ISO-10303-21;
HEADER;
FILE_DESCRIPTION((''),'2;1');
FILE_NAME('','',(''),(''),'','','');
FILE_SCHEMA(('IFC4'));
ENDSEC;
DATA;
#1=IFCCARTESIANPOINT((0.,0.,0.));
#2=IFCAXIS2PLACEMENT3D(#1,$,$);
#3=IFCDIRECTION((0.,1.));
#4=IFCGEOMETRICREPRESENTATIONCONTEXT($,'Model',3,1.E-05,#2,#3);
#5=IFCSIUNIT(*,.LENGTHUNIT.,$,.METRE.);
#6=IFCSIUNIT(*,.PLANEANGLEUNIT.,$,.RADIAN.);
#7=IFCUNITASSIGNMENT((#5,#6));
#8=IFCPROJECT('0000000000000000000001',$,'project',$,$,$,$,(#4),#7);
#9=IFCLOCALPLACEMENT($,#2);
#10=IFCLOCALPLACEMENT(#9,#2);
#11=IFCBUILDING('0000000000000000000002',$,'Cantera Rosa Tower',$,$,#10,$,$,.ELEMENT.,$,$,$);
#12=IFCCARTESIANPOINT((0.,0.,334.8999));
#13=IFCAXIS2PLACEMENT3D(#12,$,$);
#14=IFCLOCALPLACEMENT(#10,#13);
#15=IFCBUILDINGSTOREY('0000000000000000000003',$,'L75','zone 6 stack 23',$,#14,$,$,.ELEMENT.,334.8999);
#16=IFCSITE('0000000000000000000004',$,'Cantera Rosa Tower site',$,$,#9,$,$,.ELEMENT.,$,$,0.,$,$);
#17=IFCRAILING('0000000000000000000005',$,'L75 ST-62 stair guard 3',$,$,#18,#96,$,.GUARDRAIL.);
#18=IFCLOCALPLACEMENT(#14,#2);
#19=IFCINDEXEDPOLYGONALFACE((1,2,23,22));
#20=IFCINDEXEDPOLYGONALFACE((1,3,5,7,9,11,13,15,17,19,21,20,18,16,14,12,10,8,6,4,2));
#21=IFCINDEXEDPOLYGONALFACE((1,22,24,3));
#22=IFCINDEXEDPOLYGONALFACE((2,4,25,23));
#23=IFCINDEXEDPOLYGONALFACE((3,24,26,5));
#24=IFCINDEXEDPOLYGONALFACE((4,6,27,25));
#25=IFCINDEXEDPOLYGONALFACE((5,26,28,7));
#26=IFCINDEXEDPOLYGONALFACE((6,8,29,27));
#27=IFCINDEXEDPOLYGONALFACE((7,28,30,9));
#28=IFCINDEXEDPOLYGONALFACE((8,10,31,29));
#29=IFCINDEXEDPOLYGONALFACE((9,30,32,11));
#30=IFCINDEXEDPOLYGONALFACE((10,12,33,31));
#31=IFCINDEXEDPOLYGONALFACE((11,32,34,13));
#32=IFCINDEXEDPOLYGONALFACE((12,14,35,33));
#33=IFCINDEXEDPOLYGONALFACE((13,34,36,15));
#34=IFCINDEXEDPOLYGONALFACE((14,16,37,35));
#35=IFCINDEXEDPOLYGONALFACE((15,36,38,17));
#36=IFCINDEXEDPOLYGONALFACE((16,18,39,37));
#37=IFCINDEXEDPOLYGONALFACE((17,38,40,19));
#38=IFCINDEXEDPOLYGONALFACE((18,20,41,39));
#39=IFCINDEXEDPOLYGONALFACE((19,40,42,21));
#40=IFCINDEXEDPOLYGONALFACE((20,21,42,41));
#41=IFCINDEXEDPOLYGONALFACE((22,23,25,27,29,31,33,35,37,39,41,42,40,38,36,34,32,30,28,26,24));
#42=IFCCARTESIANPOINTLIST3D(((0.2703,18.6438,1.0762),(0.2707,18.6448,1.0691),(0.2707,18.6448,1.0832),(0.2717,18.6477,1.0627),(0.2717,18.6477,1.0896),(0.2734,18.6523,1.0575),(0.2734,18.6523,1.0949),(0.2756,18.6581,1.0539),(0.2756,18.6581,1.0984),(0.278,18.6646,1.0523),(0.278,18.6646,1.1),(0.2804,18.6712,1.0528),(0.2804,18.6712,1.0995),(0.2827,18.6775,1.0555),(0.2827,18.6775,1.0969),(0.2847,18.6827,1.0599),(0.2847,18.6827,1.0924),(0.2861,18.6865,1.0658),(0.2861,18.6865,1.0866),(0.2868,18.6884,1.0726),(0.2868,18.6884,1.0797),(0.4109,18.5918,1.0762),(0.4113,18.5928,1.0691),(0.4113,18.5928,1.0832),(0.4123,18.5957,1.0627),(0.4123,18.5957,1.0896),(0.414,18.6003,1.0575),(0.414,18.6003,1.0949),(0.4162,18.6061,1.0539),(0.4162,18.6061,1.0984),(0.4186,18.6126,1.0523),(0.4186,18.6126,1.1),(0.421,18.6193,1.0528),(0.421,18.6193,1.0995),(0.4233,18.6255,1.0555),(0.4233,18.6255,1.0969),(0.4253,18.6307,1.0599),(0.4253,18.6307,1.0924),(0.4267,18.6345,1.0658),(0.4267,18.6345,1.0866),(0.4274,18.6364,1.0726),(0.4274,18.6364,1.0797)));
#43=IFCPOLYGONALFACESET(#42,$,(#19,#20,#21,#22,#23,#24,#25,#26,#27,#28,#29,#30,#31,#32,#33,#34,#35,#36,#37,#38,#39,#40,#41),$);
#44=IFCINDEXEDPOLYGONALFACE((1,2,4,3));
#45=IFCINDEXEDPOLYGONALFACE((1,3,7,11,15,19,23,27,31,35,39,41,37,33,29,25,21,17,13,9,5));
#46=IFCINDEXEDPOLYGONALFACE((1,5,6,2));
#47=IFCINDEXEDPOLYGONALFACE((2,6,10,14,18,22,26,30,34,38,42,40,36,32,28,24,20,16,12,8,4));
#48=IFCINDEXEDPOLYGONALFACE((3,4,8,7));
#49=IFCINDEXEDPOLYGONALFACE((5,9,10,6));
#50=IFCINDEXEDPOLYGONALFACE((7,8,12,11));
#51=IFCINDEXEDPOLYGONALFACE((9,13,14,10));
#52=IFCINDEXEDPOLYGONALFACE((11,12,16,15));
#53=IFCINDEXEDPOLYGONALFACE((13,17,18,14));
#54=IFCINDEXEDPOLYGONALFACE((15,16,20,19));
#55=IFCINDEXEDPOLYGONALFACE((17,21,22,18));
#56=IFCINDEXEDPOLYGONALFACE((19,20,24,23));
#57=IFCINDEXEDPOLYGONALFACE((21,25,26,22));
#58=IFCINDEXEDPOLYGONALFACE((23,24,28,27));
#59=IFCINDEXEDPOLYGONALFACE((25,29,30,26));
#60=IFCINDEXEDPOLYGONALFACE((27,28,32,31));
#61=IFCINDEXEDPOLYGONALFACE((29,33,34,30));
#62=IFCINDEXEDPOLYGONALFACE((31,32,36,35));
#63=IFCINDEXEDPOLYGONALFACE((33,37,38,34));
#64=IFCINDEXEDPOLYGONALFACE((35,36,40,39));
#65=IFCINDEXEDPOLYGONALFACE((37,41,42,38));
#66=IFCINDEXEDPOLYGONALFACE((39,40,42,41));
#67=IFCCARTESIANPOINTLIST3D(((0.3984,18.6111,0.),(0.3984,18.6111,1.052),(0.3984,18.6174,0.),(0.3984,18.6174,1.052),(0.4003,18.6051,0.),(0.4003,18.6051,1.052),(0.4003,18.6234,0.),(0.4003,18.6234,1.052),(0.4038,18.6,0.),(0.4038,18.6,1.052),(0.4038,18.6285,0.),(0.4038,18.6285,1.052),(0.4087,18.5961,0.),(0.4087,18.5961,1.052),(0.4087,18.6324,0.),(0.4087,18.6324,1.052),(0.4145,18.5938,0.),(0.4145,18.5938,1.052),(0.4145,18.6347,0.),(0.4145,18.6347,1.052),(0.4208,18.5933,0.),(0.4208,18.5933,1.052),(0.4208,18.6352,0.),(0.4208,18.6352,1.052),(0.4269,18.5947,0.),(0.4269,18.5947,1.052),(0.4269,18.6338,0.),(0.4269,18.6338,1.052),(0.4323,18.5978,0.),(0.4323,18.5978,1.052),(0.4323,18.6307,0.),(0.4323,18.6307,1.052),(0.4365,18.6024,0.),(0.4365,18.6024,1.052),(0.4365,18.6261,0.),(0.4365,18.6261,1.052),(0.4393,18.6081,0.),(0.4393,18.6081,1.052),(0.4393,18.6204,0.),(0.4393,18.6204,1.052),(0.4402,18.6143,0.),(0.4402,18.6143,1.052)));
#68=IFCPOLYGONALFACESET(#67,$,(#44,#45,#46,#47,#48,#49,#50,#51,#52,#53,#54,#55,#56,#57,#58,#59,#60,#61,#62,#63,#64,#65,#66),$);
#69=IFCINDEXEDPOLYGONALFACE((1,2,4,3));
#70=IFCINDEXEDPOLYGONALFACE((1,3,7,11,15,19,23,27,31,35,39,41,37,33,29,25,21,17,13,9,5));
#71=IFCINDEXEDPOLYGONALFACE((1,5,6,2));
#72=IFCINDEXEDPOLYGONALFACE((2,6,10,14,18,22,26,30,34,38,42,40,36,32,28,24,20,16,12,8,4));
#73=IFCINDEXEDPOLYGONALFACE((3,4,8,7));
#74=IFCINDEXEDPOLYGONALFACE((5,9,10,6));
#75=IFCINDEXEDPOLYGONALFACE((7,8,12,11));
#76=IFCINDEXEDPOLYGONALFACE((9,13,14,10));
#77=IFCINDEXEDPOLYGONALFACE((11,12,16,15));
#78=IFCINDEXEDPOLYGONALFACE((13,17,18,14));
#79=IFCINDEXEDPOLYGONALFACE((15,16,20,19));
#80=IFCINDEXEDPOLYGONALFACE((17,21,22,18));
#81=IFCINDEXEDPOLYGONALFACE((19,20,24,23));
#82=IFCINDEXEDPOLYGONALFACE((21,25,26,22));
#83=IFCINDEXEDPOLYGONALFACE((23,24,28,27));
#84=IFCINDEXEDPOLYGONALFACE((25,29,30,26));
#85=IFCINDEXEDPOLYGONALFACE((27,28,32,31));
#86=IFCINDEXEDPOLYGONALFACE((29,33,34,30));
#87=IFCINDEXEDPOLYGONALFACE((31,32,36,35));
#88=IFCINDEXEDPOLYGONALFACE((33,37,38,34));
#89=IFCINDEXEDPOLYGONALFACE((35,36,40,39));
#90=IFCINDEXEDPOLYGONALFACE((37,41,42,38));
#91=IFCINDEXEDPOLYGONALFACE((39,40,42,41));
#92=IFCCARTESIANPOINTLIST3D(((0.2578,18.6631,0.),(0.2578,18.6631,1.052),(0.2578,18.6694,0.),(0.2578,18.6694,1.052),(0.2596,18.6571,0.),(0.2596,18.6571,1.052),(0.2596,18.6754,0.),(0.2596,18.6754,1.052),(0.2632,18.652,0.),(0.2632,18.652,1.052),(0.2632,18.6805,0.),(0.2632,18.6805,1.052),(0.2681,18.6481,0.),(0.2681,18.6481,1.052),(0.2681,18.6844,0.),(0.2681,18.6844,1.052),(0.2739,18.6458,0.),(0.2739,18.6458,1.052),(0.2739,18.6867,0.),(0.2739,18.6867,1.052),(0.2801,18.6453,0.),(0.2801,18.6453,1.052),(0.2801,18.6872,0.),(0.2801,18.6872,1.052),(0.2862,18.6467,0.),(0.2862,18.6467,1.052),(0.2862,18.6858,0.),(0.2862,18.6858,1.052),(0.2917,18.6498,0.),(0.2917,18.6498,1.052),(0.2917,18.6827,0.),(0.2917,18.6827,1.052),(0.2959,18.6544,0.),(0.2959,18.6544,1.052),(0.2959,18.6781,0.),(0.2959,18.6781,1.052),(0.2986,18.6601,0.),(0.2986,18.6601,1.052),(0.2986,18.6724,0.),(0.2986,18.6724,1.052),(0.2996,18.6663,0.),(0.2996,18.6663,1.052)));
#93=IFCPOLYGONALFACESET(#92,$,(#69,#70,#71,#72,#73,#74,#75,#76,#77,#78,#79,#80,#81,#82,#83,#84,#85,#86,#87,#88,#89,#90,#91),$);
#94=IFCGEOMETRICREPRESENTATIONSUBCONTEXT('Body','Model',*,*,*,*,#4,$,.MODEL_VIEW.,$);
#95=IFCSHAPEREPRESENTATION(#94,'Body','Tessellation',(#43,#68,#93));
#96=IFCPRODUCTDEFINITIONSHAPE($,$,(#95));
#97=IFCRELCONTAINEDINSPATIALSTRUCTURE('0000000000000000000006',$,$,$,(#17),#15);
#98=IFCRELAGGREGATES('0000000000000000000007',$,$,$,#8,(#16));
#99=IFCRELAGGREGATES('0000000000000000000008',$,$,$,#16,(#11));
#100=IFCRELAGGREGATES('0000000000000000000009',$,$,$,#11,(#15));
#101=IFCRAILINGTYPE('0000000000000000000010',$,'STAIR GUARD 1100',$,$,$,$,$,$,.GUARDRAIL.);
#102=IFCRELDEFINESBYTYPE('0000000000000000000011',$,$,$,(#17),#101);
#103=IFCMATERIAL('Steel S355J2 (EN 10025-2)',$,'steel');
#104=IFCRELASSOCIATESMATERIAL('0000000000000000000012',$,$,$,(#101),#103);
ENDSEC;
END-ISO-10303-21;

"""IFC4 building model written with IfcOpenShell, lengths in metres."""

from ifc_helpers import new_model, si_unit, direction, frame, origin, origin_2d, place, context, subcontext, project, spatial, circle, extrude, material, type_object, element, save


model = new_model("IFC4")

# Units and contexts
model_context = context("Model", 3, precision=1e-05, world=origin(), true_north=direction((0.0, 1.0)))
body_context = subcontext(model_context, "Body", "Model", "MODEL_VIEW")
ifc_project = project(units=[si_unit("LENGTHUNIT", "METRE"), si_unit("PLANEANGLEUNIT", "RADIAN")], contexts=[model_context])

# Site, building, storey
site_placement = place(None, origin())
site = spatial("IfcSite", under=ifc_project, at=site_placement, Name="Cantera Rosa Tower site", CompositionType="ELEMENT", RefElevation=0.0)
building_placement = place(site_placement, origin())
building = spatial("IfcBuilding", under=site, at=building_placement, Name="Cantera Rosa Tower", CompositionType="ELEMENT")
storey_placement = place(building_placement, frame((0.0, 0.0, 334.8999)))
storey = spatial("IfcBuildingStorey", under=building, at=storey_placement, Name="L75", Description="zone 6 stack 23", CompositionType="ELEMENT", Elevation=334.8999)

# Railing
ifc_material_1 = material(Name="Steel S355J2 (EN 10025-2)", Category="steel")
railing_type_1 = type_object("IfcRailingType", Name="STAIR GUARD 1100", PredefinedType="GUARDRAIL", material=ifc_material_1)
railing_1_placement = place(storey_placement, frame((0.4192, 18.6143, 0.0)))
element("IfcRailing", 1, at=railing_1_placement, inside=storey, type_object=railing_type_1, Name="L75 ST-62 stair guard 3", PredefinedType="GUARDRAIL", context=body_context, shape_type="SweptSolid", body=[
    extrude(circle(Radius=0.0239, at=origin_2d()), frame((0.0, 0.0, 1.0762), z_axis=(-0.937925, 0.346837, 0.0), x_axis=(-0.346837, -0.937925, 0.0)), (0.0, 0.0, 1.0), 0.1499),
    extrude(circle(Radius=0.021, at=origin_2d()), origin(), (0.0, 0.0, 1.0), 1.052),
    extrude(circle(Radius=0.021, at=origin_2d()), frame((-0.1406, 0.052, 0.0)), (0.0, 0.0, 1.0), 1.052),
])

save(model, "model.ifc")
